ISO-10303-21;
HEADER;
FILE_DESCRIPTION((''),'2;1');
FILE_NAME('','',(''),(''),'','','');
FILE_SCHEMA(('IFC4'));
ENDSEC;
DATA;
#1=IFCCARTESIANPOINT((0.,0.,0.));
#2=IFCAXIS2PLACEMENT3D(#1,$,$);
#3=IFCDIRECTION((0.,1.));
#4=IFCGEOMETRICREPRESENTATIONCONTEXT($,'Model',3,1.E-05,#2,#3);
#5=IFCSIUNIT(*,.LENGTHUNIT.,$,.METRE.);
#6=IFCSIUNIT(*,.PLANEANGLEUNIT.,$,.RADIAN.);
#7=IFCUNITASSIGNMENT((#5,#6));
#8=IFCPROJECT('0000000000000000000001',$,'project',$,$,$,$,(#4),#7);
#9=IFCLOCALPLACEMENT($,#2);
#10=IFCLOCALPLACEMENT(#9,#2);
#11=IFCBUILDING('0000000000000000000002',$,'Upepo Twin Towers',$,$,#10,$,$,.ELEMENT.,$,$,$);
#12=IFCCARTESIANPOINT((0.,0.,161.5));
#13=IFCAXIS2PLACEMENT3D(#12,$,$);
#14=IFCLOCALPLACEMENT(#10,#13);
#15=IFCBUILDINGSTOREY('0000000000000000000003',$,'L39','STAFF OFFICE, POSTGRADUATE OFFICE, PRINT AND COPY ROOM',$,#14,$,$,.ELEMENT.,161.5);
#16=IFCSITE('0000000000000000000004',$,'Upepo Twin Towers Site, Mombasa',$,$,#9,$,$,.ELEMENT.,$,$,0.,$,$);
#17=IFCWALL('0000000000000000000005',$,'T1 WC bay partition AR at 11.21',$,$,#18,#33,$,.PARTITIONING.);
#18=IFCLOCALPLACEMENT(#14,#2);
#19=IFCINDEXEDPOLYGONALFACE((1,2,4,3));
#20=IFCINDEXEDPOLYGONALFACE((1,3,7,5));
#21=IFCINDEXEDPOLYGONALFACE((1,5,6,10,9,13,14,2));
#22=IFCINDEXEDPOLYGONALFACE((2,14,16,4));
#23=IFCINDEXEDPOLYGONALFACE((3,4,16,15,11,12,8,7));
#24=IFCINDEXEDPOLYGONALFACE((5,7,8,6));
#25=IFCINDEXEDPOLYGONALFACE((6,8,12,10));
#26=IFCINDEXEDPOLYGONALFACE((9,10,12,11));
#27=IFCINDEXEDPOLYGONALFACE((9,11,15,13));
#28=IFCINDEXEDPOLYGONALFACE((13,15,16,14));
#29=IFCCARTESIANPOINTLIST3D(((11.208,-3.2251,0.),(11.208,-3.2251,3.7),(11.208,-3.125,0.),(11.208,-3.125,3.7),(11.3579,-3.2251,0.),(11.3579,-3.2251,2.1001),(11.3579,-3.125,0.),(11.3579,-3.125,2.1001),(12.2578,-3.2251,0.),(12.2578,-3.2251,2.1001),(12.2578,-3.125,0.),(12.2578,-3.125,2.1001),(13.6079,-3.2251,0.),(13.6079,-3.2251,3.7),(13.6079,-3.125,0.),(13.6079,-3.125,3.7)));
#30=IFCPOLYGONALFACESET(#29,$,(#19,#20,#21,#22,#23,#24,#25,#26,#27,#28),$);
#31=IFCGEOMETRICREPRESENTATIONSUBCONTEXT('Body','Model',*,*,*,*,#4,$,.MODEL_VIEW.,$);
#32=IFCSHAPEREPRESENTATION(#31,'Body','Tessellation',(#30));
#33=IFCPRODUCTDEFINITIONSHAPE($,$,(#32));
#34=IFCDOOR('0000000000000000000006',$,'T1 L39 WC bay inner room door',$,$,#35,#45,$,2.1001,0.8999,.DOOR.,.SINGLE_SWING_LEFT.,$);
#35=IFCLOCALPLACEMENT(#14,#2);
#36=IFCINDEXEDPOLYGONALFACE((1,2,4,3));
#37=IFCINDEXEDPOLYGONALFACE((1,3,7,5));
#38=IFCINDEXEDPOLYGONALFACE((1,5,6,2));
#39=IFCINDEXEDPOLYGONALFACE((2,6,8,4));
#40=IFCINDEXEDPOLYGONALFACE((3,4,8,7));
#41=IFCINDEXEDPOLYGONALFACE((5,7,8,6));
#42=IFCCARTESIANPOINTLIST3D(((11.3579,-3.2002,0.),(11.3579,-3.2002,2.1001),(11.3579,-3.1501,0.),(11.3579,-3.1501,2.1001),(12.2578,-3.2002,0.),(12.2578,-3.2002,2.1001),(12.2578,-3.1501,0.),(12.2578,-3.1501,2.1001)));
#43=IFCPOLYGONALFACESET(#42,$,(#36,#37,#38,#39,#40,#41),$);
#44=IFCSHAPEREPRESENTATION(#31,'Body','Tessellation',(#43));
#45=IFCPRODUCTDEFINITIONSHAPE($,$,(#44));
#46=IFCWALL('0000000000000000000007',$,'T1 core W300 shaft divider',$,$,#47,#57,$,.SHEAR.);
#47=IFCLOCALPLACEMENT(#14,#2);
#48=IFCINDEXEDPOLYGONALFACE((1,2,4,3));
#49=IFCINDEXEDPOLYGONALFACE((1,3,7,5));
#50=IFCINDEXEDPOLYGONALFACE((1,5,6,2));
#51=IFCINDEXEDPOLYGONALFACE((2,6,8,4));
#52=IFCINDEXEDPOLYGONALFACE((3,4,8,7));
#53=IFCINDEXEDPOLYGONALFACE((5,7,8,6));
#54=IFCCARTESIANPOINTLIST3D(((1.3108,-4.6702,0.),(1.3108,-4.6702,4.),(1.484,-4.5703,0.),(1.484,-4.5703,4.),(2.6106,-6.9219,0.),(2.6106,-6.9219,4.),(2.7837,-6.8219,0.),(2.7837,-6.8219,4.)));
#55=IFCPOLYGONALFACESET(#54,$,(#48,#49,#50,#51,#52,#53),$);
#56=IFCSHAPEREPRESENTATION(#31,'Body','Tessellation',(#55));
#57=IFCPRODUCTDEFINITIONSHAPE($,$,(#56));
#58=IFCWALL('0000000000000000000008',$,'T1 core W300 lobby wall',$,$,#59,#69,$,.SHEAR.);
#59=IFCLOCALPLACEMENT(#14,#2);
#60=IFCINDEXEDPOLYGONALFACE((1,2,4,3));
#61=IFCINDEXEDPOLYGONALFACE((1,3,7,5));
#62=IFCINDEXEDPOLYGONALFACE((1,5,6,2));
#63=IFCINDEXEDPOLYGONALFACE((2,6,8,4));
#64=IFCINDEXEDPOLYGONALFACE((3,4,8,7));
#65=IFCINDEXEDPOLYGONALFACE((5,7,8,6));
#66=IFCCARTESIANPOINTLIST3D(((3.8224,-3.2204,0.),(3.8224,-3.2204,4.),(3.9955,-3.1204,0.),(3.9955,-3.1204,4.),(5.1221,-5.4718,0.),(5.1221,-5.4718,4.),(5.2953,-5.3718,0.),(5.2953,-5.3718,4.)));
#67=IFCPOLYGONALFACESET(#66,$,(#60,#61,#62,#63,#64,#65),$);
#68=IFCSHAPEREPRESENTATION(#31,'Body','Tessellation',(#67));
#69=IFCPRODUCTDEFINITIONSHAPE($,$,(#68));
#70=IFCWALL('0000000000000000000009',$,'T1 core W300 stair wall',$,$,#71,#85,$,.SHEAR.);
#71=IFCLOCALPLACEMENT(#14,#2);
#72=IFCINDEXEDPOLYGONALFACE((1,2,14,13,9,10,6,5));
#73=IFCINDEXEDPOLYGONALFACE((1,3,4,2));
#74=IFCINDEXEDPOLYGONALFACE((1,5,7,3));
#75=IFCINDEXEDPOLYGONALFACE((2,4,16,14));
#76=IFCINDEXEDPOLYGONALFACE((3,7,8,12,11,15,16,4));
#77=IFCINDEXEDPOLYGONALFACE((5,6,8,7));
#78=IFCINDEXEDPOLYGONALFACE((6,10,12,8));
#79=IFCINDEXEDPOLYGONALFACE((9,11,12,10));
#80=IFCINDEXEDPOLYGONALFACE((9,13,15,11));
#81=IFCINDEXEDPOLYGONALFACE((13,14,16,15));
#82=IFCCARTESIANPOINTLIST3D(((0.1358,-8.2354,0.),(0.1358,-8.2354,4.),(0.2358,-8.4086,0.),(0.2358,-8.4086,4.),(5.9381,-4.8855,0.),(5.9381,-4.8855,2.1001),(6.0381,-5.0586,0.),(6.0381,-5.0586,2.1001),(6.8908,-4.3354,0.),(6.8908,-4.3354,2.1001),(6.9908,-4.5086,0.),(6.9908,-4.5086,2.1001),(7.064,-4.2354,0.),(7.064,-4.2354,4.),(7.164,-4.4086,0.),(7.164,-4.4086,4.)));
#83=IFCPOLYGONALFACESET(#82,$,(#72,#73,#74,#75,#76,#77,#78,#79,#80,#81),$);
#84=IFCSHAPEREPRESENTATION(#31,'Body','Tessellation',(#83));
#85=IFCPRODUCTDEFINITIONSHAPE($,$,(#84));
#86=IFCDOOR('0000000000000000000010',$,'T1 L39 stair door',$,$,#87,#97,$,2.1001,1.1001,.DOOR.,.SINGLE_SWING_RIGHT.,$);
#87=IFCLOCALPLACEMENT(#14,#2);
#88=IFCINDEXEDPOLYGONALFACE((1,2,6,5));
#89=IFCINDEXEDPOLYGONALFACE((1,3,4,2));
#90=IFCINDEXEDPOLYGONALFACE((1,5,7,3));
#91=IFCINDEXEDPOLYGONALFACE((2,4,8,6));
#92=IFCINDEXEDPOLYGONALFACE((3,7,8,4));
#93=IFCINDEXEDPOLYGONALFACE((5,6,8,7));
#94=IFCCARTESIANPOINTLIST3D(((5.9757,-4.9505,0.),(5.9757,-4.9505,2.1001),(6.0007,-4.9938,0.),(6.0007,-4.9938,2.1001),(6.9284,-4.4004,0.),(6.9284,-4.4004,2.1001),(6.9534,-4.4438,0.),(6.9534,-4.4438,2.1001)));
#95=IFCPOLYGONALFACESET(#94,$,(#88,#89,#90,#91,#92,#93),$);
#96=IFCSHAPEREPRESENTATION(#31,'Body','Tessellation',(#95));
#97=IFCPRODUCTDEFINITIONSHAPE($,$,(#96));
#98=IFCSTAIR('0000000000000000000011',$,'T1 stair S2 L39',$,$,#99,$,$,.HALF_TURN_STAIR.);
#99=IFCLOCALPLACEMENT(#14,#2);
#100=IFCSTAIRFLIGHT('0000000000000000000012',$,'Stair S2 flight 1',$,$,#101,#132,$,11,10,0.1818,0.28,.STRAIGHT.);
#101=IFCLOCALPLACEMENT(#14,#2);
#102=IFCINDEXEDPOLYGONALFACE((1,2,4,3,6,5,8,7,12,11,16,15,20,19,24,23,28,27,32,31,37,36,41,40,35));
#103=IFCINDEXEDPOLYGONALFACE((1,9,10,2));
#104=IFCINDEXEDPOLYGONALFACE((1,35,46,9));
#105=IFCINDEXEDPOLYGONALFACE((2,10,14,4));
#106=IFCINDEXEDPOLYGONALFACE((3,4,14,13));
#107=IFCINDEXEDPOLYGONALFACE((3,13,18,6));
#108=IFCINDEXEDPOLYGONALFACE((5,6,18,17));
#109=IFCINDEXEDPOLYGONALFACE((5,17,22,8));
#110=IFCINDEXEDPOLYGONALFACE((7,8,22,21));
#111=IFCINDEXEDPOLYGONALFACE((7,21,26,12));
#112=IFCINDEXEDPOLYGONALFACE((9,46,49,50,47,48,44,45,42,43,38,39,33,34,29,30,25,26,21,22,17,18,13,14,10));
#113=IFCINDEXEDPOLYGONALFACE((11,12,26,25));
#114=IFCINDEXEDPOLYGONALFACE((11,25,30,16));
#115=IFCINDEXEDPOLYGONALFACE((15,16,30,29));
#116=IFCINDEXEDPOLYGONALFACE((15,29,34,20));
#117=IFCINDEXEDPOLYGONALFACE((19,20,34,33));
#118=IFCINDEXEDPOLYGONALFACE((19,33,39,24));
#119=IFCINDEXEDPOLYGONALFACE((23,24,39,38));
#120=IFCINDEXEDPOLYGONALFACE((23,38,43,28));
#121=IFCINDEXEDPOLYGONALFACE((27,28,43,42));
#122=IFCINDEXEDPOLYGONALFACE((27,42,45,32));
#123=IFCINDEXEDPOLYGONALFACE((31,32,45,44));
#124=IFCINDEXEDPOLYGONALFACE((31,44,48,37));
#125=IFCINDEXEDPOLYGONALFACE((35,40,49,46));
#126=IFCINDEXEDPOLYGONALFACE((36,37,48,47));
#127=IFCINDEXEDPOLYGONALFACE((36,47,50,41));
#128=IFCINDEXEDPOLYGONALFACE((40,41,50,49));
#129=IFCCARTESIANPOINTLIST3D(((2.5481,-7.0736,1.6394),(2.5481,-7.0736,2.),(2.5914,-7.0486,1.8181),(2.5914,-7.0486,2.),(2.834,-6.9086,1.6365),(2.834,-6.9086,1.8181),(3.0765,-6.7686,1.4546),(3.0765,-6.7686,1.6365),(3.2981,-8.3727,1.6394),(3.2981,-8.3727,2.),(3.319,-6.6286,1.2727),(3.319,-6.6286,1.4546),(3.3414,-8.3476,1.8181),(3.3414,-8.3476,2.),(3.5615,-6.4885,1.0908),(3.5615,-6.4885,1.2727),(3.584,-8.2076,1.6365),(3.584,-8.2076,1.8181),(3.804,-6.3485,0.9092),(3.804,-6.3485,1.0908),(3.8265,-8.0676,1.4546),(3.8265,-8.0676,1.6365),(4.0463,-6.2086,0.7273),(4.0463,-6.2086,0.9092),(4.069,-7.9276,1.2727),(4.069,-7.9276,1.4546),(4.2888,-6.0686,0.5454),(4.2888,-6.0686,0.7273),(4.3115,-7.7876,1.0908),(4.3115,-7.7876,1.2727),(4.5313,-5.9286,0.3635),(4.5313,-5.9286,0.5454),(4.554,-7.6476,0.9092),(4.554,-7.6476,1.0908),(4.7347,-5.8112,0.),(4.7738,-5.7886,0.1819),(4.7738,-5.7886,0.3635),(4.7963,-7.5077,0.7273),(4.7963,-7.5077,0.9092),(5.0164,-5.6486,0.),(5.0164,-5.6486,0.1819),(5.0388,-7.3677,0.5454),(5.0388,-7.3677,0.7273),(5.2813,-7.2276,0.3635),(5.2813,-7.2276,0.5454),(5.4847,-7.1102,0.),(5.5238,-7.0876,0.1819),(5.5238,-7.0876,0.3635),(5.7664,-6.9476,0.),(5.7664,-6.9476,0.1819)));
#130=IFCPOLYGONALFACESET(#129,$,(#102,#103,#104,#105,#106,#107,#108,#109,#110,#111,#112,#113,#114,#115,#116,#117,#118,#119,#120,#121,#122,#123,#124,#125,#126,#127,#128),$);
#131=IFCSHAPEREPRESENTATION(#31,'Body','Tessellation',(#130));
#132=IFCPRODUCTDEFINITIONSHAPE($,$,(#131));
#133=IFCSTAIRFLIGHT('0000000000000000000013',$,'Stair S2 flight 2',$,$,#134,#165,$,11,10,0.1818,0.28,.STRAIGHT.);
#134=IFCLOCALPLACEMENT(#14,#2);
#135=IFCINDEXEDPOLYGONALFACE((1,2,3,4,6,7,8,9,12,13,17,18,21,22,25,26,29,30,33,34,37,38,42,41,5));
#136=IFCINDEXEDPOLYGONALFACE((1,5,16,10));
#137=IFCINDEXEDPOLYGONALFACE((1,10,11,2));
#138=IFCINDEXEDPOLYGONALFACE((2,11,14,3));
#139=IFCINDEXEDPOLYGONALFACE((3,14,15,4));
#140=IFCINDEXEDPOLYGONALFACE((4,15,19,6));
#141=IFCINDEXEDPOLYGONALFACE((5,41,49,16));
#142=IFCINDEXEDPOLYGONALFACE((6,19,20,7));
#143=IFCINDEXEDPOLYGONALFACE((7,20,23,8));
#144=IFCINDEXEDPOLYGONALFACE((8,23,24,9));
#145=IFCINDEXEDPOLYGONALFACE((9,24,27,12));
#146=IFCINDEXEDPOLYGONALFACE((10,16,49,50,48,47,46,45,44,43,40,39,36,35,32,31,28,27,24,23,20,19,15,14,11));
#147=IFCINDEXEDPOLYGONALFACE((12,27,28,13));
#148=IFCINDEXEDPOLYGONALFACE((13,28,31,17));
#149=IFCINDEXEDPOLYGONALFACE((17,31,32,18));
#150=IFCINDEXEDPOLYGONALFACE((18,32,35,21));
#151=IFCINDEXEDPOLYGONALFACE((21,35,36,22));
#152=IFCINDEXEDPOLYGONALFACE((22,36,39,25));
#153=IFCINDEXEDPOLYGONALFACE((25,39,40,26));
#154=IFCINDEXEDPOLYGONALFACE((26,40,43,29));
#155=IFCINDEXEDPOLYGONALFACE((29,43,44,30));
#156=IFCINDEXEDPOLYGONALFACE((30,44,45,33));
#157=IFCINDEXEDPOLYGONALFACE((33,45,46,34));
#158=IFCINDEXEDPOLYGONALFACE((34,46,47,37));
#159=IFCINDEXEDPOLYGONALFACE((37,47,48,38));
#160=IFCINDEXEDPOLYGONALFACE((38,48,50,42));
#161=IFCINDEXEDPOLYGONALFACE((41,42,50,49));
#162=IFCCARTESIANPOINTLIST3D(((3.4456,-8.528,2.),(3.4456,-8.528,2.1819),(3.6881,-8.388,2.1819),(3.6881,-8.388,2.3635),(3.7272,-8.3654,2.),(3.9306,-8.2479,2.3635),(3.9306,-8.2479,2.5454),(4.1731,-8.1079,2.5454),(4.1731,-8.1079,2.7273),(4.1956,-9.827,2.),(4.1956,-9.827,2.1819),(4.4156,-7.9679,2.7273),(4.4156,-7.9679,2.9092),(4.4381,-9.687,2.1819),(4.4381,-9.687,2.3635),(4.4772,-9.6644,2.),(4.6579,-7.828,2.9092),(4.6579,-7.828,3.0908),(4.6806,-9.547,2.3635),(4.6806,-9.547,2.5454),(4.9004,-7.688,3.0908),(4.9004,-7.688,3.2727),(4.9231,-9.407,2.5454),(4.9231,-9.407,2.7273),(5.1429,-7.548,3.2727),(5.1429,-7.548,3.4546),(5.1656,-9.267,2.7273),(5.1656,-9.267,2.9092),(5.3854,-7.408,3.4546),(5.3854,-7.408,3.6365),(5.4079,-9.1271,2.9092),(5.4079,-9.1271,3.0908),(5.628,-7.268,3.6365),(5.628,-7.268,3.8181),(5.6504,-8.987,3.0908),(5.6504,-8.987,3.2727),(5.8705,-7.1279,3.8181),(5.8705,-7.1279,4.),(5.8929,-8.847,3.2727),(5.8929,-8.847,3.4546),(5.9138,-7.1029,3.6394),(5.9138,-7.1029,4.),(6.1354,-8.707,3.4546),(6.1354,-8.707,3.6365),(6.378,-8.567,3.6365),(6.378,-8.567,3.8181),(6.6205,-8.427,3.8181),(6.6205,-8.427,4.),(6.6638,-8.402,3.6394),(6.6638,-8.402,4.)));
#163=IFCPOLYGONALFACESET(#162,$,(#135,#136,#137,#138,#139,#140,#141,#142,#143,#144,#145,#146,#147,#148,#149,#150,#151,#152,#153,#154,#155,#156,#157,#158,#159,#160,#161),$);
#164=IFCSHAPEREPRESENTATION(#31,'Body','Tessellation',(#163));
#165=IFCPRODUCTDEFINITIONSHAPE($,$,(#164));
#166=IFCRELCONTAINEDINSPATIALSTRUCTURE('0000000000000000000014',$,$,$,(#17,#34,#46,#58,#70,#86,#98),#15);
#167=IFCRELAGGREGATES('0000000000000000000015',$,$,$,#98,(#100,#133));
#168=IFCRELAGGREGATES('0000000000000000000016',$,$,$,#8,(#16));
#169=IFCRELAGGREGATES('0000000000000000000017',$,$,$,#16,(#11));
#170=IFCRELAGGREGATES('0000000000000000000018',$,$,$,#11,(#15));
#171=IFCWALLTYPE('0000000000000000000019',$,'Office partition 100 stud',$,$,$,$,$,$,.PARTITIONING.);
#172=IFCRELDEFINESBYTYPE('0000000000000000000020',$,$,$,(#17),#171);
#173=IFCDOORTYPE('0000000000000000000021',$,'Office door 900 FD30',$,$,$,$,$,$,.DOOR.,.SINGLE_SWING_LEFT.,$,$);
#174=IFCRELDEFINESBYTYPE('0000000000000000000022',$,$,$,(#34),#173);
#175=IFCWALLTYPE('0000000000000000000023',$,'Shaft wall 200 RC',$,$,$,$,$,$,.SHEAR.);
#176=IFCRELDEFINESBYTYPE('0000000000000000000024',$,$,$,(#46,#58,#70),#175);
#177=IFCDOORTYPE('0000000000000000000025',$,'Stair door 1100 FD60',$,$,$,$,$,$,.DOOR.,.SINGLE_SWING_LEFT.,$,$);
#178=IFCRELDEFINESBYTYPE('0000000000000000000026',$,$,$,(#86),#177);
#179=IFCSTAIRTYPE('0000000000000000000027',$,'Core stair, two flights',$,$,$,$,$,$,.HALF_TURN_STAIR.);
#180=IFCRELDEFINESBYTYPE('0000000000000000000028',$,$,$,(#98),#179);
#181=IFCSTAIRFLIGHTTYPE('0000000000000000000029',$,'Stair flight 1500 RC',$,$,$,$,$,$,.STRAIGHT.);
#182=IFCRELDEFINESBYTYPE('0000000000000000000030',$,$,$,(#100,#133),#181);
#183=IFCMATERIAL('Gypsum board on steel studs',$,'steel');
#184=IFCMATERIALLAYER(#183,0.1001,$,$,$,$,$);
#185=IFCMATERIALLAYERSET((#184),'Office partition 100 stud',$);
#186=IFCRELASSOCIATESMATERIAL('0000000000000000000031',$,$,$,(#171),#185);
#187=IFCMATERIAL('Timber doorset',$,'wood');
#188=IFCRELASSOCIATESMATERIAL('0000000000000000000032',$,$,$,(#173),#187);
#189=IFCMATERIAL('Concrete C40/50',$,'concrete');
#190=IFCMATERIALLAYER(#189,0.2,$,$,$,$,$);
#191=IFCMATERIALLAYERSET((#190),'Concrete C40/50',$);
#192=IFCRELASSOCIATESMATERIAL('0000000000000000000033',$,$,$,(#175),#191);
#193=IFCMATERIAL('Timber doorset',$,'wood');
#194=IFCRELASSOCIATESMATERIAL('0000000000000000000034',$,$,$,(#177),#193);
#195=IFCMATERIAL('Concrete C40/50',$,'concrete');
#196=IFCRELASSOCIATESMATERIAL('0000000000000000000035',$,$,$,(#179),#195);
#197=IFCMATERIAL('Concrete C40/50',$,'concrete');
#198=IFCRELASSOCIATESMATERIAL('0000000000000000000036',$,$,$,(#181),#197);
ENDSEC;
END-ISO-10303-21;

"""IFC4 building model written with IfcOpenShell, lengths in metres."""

from ifc_helpers import new_model, si_unit, direction, frame, frame_2d, origin, place, context, subcontext, project, spatial, polyline, rectangle, outline, extrude, material, layer, layer_set, type_object, element, fill, aggregate, save


model = new_model("IFC4")

# Units and contexts
model_context = context("Model", 3, precision=1e-05, world=origin(), true_north=direction((0.0, 1.0)))
body_context = subcontext(model_context, "Body", "Model", "MODEL_VIEW")
ifc_project = project(units=[si_unit("LENGTHUNIT", "METRE"), si_unit("PLANEANGLEUNIT", "RADIAN")], contexts=[model_context])

# Site, building, storey
site_placement = place(None, origin())
site = spatial("IfcSite", under=ifc_project, at=site_placement, Name="Upepo Twin Towers Site, Mombasa", CompositionType="ELEMENT", RefElevation=0.0)
building_placement = place(site_placement, origin())
building = spatial("IfcBuilding", under=site, at=building_placement, Name="Upepo Twin Towers", CompositionType="ELEMENT")
storey_placement = place(building_placement, frame((0.0, 0.0, 161.5)))
storey = spatial("IfcBuildingStorey", under=building, at=storey_placement, Name="L39", Description="STAFF OFFICE, POSTGRADUATE OFFICE, PRINT AND COPY ROOM", CompositionType="ELEMENT", Elevation=161.5)

# Wall, opening, door
ifc_material_1 = material(Name="Gypsum board on steel studs", Category="steel")
ifc_layer_1 = layer(ifc_material_1, 0.1001)
ifc_layer_set_1 = layer_set([ifc_layer_1], Name="Office partition 100 stud")
wall_type_1 = type_object("IfcWallType", Name="Office partition 100 stud", PredefinedType="PARTITIONING", material=ifc_layer_set_1)
wall_1_placement = place(storey_placement, frame((11.208, -3.175, 0.0), z_axis=(0.0, 0.0, 1.0), x_axis=(1.0, 0.0, 0.0)))
wall_1 = element("IfcWall", 1, at=wall_1_placement, inside=storey, type_object=wall_type_1, Name="T1 WC bay partition AR at 11.21", PredefinedType="PARTITIONING", context=body_context, shape_type="SweptSolid", body=[
    extrude(rectangle(XDim=2.3999, YDim=0.1001, at=frame_2d((1.2, 0.0))), origin(), (0.0, 0.0, 1.0), 3.7),
])
opening_1_placement = place(wall_1_placement, frame((0.1499, 0.0, 0.0)))
opening_1 = element("IfcOpeningElement", 2, at=opening_1_placement, cuts=wall_1, PredefinedType="OPENING", context=body_context, shape_type="SweptSolid", body=[
    extrude(rectangle(XDim=0.8999, YDim=2.1001, at=frame_2d((0.45, 1.05))), frame((0.0, 0.0601, 0.0), z_axis=(0.0, -1.0, 0.0), x_axis=(1.0, 0.0, 0.0)), (0.0, 0.0, 1.0), 0.1201),
])
ifc_material_2 = material(Name="Timber doorset", Category="wood")
door_type_1 = type_object("IfcDoorType", Name="Office door 900 FD30", OperationType="SINGLE_SWING_LEFT", PredefinedType="DOOR", material=ifc_material_2)
door_1_placement = place(opening_1_placement, origin())
door_1 = element("IfcDoor", 3, at=door_1_placement, inside=storey, type_object=door_type_1, Name="T1 L39 WC bay inner room door", OperationType="SINGLE_SWING_LEFT", OverallHeight=2.1001, OverallWidth=0.8999, PredefinedType="DOOR", context=body_context, shape_type="SweptSolid", body=[
    extrude(rectangle(XDim=0.8999, YDim=2.1001, at=frame_2d((0.45, 1.05))), frame((0.0, 0.0249, 0.0), z_axis=(0.0, -1.0, 0.0), x_axis=(1.0, 0.0, 0.0)), (0.0, 0.0, 1.0), 0.05),
])
fill(opening_1, door_1)

# Walls
ifc_material_3 = material(Name="Concrete C40/50", Category="concrete")
ifc_layer_2 = layer(ifc_material_3, 0.2)
ifc_layer_set_2 = layer_set([ifc_layer_2], Name="Concrete C40/50")
wall_type_2 = type_object("IfcWallType", Name="Shaft wall 200 RC", PredefinedType="SHEAR", material=ifc_layer_set_2)
wall_2_placement = place(storey_placement, frame((1.3975, -4.6204, 0.0), z_axis=(0.0, 0.0, 1.0), x_axis=(0.499937, -0.866062, 0.0)))
element("IfcWall", 4, at=wall_2_placement, inside=storey, type_object=wall_type_2, Name="T1 core W300 shaft divider", PredefinedType="SHEAR", context=body_context, shape_type="SweptSolid", body=[
    extrude(rectangle(XDim=2.5999, YDim=0.2, at=frame_2d((1.2998, 0.0))), origin(), (0.0, 0.0, 1.0), 4.0),
])
wall_3_placement = place(storey_placement, frame((3.9089, -3.1704, 0.0), z_axis=(0.0, 0.0, 1.0), x_axis=(0.499977, -0.866039, 0.0)))
element("IfcWall", 5, at=wall_3_placement, inside=storey, type_object=wall_type_2, Name="T1 core W300 lobby wall", PredefinedType="SHEAR", context=body_context, shape_type="SweptSolid", body=[
    extrude(rectangle(XDim=2.5996, YDim=0.2, at=frame_2d((1.2998, 0.0))), origin(), (0.0, 0.0, 1.0), 4.0),
])

# Wall, opening, door
wall_4_placement = place(storey_placement, frame((0.1858, -8.322, 0.0), z_axis=(0.0, 0.0, 1.0), x_axis=(0.866026, 0.499999, 0.0)))
wall_4 = element("IfcWall", 6, at=wall_4_placement, inside=storey, type_object=wall_type_2, Name="T1 core W300 stair wall", PredefinedType="SHEAR", context=body_context, shape_type="SweptSolid", body=[
    extrude(rectangle(XDim=8.0, YDim=0.2, at=frame_2d((4.0, 0.0))), origin(), (0.0, 0.0, 1.0), 4.0),
])
opening_2_placement = place(wall_4_placement, frame((6.7, 0.0, 0.0)))
opening_2 = element("IfcOpeningElement", 7, at=opening_2_placement, cuts=wall_4, PredefinedType="OPENING", context=body_context, shape_type="SweptSolid", body=[
    extrude(rectangle(XDim=1.1001, YDim=2.1001, at=frame_2d((0.55, 1.05))), frame((0.0, 0.1099, 0.0), z_axis=(0.0, -1.0, 0.0), x_axis=(1.0, 0.0, 0.0)), (0.0, 0.0, 1.0), 0.22),
])
ifc_material_4 = material(Name="Timber doorset", Category="wood")
door_type_2 = type_object("IfcDoorType", Name="Stair door 1100 FD60", OperationType="SINGLE_SWING_LEFT", PredefinedType="DOOR", material=ifc_material_4)
door_2_placement = place(opening_2_placement, origin())
door_2 = element("IfcDoor", 8, at=door_2_placement, inside=storey, type_object=door_type_2, Name="T1 L39 stair door", OperationType="SINGLE_SWING_RIGHT", OverallHeight=2.1001, OverallWidth=1.1001, PredefinedType="DOOR", context=body_context, shape_type="SweptSolid", body=[
    extrude(rectangle(XDim=1.1001, YDim=2.1001, at=frame_2d((0.55, 1.05))), frame((0.0, 0.0249, 0.0), z_axis=(0.0, -1.0, 0.0), x_axis=(1.0, 0.0, 0.0)), (0.0, 0.0, 1.0), 0.05),
])
fill(opening_2, door_2)

# Stair, stair flights
ifc_material_5 = material(Name="Concrete C40/50", Category="concrete")
stair_type = type_object("IfcStairType", Name="Core stair, two flights", PredefinedType="HALF_TURN_STAIR", material=ifc_material_5)
stair_placement = place(storey_placement, origin())
stair = element("IfcStair", 9, at=stair_placement, inside=storey, type_object=stair_type, Name="T1 stair S2 L39", PredefinedType="HALF_TURN_STAIR")
ifc_material_6 = material(Name="Concrete C40/50", Category="concrete")
stair_flight_type = type_object("IfcStairFlightType", Name="Stair flight 1500 RC", PredefinedType="STRAIGHT", material=ifc_material_6)
stair_flight_1_placement = place(storey_placement, frame((5.3914, -6.2981, 0.0), z_axis=(0.0, 0.0, 1.0), x_axis=(-0.866025, -0.5, 0.0)))
stair_flight_1 = element("IfcStairFlight", 10, at=stair_flight_1_placement, type_object=stair_flight_type, Name="Stair S2 flight 1", NumberOfRisers=11, NumberOfTreads=10, PredefinedType="STRAIGHT", RiserHeight=0.1818, TreadLength=0.28, context=body_context, shape_type="SweptSolid", body=[
    extrude(outline(polyline([(0.0, 0.0), (0.0, 0.1819), (0.28, 0.1819), (0.28, 0.3635), (0.5601, 0.3635), (0.5601, 0.5454), (0.8401, 0.5454), (0.8401, 0.7273), (1.1201, 0.7273), (1.1201, 0.9092), (1.3999, 0.9092), (1.3999, 1.0908), (1.6799, 1.0908), (1.6799, 1.2727), (1.96, 1.2727), (1.96, 1.4546), (2.24, 1.4546), (2.24, 1.6365), (2.52, 1.6365), (2.52, 1.8181), (2.8, 1.8181), (2.8, 2.0), (2.8501, 2.0), (2.8501, 1.6394), (0.3252, 0.0), (0.0, 0.0)])), frame((0.0, 0.75, 0.0), z_axis=(0.0, -1.0, 0.0), x_axis=(1.0, 0.0, 0.0)), (0.0, 0.0, 1.0), 1.5),
])
stair_flight_2_placement = place(storey_placement, frame((3.8206, -9.1775, 2.0), z_axis=(0.0, 0.0, 1.0), x_axis=(0.866025, 0.5, 0.0)))
stair_flight_2 = element("IfcStairFlight", 11, at=stair_flight_2_placement, type_object=stair_flight_type, Name="Stair S2 flight 2", NumberOfRisers=11, NumberOfTreads=10, PredefinedType="STRAIGHT", RiserHeight=0.1818, TreadLength=0.28, context=body_context, shape_type="SweptSolid", body=[
    extrude(outline(polyline([(0.0, 0.0), (0.0, 0.1819), (0.28, 0.1819), (0.28, 0.3635), (0.5601, 0.3635), (0.5601, 0.5454), (0.8401, 0.5454), (0.8401, 0.7273), (1.1201, 0.7273), (1.1201, 0.9092), (1.3999, 0.9092), (1.3999, 1.0908), (1.6799, 1.0908), (1.6799, 1.2727), (1.96, 1.2727), (1.96, 1.4546), (2.24, 1.4546), (2.24, 1.6365), (2.52, 1.6365), (2.52, 1.8181), (2.8, 1.8181), (2.8, 2.0), (2.8501, 2.0), (2.8501, 1.6394), (0.3252, 0.0), (0.0, 0.0)])), frame((0.0, 0.75, 0.0), z_axis=(0.0, -1.0, 0.0), x_axis=(1.0, 0.0, 0.0)), (0.0, 0.0, 1.0), 1.5),
])
aggregate(stair, [stair_flight_1, stair_flight_2])

save(model, "model.ifc")
